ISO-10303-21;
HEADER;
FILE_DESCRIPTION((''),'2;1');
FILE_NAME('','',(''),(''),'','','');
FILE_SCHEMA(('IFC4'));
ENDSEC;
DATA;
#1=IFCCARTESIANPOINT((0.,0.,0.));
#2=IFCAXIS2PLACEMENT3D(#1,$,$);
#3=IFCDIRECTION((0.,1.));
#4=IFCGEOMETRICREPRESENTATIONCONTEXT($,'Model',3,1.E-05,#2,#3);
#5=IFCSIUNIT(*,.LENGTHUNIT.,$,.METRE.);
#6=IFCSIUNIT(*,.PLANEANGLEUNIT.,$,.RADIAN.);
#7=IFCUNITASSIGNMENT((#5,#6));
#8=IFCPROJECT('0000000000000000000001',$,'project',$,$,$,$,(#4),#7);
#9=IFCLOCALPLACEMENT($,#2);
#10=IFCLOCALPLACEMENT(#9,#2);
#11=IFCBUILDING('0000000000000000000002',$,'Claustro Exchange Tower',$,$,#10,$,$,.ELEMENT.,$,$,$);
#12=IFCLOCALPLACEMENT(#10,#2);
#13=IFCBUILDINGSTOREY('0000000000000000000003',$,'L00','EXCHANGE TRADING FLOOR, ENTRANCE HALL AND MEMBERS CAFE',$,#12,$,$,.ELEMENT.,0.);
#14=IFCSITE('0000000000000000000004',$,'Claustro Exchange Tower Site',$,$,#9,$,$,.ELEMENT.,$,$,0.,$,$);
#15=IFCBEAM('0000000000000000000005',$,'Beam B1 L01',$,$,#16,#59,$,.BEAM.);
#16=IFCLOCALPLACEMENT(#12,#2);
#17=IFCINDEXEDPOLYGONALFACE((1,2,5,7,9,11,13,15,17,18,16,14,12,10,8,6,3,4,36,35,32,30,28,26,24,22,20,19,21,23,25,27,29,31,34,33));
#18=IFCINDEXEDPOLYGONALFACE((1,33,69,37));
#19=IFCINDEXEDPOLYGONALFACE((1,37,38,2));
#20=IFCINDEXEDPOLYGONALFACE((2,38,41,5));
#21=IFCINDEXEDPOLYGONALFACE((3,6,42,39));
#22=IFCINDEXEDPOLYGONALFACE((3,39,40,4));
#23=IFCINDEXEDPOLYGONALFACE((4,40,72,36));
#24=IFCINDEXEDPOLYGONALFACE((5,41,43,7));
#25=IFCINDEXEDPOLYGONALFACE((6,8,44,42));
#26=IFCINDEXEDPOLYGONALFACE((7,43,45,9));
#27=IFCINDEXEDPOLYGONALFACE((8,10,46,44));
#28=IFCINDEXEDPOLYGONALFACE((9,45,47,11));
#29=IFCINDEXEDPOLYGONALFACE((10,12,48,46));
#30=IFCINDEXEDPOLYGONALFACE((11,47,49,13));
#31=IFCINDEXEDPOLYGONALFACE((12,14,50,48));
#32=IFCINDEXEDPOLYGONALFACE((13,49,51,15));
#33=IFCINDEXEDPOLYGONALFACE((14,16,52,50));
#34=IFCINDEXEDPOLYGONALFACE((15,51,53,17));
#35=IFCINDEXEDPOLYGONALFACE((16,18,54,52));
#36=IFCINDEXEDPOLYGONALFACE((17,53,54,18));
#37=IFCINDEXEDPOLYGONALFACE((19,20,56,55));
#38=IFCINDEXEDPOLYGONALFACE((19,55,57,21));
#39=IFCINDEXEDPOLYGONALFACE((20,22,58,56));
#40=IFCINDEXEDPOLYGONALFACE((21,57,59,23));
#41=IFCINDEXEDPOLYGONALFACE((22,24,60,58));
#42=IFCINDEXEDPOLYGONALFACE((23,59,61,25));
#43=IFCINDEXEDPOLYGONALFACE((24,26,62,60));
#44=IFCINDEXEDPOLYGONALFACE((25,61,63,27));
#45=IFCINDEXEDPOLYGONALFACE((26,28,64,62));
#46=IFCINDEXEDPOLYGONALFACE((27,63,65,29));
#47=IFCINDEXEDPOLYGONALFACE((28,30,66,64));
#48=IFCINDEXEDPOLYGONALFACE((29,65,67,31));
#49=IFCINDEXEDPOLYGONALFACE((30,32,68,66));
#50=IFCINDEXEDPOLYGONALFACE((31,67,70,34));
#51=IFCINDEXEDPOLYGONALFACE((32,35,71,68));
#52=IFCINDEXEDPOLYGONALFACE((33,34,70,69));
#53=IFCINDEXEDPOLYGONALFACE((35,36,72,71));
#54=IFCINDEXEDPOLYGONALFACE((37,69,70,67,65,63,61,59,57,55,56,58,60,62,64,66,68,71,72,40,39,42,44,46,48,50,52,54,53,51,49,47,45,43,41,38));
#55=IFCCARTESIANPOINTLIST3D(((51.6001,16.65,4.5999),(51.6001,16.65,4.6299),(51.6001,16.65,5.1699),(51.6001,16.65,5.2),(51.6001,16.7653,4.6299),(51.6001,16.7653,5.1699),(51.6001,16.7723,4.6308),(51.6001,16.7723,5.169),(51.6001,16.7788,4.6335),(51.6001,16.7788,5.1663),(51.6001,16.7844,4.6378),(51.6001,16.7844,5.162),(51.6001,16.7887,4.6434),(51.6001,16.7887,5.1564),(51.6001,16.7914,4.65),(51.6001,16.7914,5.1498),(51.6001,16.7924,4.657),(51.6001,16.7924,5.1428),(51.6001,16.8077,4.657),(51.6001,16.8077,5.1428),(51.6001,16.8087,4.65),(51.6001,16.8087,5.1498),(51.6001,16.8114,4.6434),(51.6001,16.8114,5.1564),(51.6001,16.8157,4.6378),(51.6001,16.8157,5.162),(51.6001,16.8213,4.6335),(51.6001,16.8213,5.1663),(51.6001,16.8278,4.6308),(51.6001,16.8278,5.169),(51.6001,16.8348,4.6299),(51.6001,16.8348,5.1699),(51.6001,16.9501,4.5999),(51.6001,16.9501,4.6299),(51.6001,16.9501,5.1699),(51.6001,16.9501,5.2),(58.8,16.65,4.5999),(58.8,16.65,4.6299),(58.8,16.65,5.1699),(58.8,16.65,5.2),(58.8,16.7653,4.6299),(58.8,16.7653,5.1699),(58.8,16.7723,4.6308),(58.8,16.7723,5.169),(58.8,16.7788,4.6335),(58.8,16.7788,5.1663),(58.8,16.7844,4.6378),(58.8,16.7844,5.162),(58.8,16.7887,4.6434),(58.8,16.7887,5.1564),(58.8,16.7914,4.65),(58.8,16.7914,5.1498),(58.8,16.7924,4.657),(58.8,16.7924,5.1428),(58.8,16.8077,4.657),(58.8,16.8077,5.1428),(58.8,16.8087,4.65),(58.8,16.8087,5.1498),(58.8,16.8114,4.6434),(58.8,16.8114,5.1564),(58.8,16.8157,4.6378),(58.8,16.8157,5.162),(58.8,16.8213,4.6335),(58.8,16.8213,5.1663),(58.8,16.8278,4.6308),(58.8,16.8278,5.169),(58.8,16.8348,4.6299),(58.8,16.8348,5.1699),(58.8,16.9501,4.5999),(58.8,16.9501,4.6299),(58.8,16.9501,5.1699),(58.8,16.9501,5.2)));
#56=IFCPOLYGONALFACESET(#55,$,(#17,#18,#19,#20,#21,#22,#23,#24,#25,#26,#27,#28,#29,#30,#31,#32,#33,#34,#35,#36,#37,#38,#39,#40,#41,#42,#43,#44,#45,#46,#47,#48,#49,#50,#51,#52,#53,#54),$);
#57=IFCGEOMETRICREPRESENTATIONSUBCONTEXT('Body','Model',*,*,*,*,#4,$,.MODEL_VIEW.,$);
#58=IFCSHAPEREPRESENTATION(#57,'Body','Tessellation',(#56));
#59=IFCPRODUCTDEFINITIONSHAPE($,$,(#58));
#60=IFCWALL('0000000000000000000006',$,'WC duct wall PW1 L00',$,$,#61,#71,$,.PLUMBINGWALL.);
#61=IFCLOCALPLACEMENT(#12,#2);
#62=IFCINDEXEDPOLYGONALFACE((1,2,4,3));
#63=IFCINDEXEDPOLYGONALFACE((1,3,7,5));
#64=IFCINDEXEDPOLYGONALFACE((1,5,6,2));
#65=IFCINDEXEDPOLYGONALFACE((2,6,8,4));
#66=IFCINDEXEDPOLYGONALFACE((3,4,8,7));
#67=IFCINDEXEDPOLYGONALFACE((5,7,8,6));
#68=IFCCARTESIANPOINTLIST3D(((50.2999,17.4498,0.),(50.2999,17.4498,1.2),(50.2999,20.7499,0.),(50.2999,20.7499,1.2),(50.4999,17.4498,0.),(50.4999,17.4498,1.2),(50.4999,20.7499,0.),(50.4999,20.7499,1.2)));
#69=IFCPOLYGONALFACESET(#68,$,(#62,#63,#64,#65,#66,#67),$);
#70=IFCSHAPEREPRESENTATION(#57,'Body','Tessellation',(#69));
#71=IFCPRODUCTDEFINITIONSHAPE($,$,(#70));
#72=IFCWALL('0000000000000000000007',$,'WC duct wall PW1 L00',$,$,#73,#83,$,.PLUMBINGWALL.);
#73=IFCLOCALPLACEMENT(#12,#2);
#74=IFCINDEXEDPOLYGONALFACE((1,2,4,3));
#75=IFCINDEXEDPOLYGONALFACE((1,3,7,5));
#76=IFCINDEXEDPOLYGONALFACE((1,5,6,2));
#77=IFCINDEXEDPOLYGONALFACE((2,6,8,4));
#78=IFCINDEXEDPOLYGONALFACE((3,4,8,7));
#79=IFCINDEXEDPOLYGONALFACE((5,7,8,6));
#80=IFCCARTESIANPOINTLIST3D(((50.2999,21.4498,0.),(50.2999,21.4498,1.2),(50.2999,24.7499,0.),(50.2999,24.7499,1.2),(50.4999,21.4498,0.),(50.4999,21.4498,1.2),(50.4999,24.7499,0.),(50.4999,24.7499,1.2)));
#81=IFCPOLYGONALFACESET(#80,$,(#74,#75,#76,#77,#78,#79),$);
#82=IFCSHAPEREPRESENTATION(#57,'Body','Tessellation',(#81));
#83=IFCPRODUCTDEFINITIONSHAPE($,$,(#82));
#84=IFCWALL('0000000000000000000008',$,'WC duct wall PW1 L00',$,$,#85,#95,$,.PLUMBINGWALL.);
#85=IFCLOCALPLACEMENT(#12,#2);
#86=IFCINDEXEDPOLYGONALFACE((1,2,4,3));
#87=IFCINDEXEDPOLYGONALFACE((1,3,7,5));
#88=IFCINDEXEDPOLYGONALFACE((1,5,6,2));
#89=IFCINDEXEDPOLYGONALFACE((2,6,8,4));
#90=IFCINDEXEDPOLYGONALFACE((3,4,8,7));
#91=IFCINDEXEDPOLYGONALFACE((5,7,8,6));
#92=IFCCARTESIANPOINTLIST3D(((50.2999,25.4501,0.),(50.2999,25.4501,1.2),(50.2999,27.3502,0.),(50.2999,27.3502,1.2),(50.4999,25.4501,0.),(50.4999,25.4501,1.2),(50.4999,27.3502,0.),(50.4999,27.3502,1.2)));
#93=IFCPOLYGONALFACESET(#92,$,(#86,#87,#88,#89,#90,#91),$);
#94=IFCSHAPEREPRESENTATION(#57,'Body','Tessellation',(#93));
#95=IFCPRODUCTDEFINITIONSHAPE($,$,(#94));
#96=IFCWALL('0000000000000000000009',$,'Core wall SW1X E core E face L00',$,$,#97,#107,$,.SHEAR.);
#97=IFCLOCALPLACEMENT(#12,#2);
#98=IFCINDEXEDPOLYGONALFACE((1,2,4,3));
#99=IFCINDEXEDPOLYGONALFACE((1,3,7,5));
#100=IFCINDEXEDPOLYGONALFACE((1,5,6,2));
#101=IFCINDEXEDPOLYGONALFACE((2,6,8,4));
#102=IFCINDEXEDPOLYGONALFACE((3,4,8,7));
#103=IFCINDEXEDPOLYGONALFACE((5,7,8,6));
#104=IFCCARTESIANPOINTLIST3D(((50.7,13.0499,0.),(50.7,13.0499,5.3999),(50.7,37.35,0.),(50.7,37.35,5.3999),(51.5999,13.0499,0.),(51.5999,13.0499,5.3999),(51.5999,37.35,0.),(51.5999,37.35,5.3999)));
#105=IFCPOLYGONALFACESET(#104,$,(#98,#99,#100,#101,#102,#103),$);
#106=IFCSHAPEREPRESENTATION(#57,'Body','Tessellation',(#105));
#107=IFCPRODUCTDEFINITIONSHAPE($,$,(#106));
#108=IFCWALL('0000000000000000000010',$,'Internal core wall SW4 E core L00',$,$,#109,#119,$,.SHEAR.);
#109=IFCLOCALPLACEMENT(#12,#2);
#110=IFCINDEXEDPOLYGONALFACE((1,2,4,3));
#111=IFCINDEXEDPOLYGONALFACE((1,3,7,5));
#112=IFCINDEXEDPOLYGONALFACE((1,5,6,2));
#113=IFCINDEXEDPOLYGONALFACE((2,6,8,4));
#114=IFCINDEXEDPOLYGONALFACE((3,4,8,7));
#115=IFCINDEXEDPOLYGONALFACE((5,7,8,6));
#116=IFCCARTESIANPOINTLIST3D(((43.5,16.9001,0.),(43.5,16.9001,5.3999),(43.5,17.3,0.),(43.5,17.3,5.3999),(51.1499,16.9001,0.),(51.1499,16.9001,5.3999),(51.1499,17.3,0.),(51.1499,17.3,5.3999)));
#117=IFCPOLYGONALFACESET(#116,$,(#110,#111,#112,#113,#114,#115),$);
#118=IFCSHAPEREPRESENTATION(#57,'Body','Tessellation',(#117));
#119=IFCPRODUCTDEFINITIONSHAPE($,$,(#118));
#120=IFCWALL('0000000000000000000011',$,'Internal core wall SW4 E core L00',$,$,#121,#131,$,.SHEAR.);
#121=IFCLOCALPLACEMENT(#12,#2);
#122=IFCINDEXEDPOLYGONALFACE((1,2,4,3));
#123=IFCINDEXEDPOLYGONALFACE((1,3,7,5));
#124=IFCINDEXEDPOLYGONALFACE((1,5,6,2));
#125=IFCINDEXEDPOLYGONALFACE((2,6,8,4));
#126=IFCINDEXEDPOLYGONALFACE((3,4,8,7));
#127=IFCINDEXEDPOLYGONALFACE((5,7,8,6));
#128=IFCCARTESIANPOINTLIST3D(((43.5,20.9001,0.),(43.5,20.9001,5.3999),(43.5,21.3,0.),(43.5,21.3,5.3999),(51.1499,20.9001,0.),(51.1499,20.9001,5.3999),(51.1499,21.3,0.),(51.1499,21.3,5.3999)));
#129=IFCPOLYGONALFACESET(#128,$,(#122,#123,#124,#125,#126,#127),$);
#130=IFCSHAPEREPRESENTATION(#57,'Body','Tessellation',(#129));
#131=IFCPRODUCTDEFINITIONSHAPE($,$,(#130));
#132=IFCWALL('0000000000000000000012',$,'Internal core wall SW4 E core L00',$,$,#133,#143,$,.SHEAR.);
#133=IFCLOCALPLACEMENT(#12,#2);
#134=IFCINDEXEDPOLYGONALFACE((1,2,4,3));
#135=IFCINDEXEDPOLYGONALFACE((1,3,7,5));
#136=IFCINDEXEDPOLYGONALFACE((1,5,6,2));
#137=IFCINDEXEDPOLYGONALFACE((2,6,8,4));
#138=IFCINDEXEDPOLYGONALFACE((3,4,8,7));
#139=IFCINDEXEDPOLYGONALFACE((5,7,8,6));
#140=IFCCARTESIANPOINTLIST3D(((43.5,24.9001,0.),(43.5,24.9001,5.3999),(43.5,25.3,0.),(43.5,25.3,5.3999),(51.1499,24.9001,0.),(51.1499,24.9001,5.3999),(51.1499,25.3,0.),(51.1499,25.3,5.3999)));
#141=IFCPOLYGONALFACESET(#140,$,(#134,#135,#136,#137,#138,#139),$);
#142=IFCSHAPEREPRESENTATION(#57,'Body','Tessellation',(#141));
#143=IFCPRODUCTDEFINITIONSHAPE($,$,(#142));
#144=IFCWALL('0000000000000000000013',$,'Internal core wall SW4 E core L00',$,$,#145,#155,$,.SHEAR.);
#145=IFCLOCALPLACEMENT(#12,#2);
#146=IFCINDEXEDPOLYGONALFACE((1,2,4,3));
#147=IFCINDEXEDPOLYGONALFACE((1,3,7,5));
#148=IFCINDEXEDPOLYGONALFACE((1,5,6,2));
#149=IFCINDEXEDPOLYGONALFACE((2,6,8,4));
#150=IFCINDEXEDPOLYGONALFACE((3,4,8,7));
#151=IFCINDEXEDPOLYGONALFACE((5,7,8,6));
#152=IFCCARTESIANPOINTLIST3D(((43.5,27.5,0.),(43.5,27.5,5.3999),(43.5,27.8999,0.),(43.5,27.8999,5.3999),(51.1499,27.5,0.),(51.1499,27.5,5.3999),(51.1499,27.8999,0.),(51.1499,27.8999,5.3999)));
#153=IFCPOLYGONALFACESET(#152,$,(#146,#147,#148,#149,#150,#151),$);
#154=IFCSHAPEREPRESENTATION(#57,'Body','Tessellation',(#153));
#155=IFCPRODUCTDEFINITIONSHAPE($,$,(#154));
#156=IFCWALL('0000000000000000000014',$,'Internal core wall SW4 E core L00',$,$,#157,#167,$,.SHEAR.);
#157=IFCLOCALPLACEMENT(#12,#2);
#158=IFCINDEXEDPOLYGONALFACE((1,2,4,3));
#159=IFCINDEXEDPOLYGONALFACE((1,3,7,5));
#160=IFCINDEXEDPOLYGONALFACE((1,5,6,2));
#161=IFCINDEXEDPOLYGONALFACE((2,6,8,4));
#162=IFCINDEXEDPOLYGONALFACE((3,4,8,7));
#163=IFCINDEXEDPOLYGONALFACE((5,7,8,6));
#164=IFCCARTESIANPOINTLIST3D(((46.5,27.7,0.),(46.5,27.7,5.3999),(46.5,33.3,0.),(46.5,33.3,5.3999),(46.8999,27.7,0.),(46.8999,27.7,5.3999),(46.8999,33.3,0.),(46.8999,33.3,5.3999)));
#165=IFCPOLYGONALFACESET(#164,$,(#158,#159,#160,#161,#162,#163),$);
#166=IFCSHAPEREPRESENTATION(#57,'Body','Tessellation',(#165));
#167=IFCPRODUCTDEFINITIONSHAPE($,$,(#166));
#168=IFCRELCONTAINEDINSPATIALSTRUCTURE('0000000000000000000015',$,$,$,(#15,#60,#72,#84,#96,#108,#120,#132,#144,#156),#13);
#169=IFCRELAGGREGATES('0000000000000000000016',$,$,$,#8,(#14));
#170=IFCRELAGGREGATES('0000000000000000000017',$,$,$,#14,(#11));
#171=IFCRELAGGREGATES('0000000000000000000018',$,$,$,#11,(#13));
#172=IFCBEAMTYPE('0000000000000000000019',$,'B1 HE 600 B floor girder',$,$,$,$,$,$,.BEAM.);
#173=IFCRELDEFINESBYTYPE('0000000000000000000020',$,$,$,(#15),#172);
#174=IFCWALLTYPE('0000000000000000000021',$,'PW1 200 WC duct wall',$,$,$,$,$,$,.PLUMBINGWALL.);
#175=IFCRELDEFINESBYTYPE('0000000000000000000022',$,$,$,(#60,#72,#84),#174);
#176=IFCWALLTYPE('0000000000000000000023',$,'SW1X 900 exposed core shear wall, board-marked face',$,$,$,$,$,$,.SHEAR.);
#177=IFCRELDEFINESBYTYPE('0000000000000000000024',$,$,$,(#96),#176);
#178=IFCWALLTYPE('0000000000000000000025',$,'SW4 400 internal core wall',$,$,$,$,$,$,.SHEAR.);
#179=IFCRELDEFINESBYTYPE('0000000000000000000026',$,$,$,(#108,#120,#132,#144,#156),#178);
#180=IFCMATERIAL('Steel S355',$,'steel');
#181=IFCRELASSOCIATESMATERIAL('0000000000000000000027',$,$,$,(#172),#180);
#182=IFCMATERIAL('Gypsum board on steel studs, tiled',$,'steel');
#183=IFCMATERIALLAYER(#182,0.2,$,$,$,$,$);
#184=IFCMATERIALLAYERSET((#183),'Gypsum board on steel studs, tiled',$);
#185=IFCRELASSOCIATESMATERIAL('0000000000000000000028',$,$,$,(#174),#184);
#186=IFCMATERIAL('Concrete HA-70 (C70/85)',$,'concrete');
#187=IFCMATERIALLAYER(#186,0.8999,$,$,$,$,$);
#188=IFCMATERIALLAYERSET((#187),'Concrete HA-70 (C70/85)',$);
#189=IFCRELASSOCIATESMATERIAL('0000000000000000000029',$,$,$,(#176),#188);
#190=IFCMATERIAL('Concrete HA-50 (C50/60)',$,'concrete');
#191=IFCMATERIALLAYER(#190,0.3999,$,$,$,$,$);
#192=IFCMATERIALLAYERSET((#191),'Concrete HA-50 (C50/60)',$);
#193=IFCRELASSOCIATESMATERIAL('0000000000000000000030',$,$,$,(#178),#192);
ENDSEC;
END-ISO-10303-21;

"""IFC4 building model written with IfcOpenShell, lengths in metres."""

from ifc_helpers import new_model, si_unit, direction, frame, frame_2d, origin, origin_2d, place, context, subcontext, project, spatial, rectangle, i_section, extrude, material, layer, layer_set, material_profile, profile_set, type_object, element, save


model = new_model("IFC4")

# Units and contexts
model_context = context("Model", 3, precision=1e-05, world=origin(), true_north=direction((0.0, 1.0)))
body_context = subcontext(model_context, "Body", "Model", "MODEL_VIEW")
ifc_project = project(units=[si_unit("LENGTHUNIT", "METRE"), si_unit("PLANEANGLEUNIT", "RADIAN")], contexts=[model_context])

# Site, building, storey
site_placement = place(None, origin())
site = spatial("IfcSite", under=ifc_project, at=site_placement, Name="Claustro Exchange Tower Site", CompositionType="ELEMENT", RefElevation=0.0)
building_placement = place(site_placement, origin())
building = spatial("IfcBuilding", under=site, at=building_placement, Name="Claustro Exchange Tower", CompositionType="ELEMENT")
storey_placement = place(building_placement, origin())
storey = spatial("IfcBuildingStorey", under=building, at=storey_placement, Name="L00", Description="EXCHANGE TRADING FLOOR, ENTRANCE HALL AND MEMBERS CAFE", CompositionType="ELEMENT", Elevation=0.0)

# Beam
ifc_material_1 = material(Name="Steel S355", Category="steel")
ifc_material_profile = material_profile(ifc_material_1, i_section(OverallWidth=0.3, OverallDepth=0.6001, WebThickness=0.0154, FlangeThickness=0.03, FilletRadius=0.0271, at=origin_2d()), Name="HE 600 B")
ifc_profile_set = profile_set([ifc_material_profile], Name="Steel S355")
beam_type = type_object("IfcBeamType", Name="B1 HE 600 B floor girder", PredefinedType="BEAM", material=ifc_profile_set)
beam_placement = place(storey_placement, frame((51.6001, 16.8, 4.8999), z_axis=(1.0, 0.0, 0.0), x_axis=(0.0, 1.0, 0.0)))
element("IfcBeam", 1, at=beam_placement, inside=storey, type_object=beam_type, Name="Beam B1 L01", PredefinedType="BEAM", context=body_context, shape_type="SweptSolid", body=[
    extrude(i_section(OverallWidth=0.3, OverallDepth=0.6001, WebThickness=0.0154, FlangeThickness=0.03, FilletRadius=0.0271, at=origin_2d()), origin(), (0.0, 0.0, 1.0), 7.2),
])

# Walls
ifc_material_2 = material(Name="Gypsum board on steel studs, tiled", Category="steel")
ifc_layer_1 = layer(ifc_material_2, 0.2)
ifc_layer_set_1 = layer_set([ifc_layer_1], Name="Gypsum board on steel studs, tiled")
wall_type_1 = type_object("IfcWallType", Name="PW1 200 WC duct wall", PredefinedType="PLUMBINGWALL", material=ifc_layer_set_1)
for number, where, z_axis, x_axis, name in (
    (2, (50.3999, 17.45, 0.0), (0.0, 0.0, 1.0), (0.0, 1.0, 0.0), "WC duct wall PW1 L00"),
    (3, (50.3999, 21.45, 0.0), (0.0, 0.0, 1.0), (0.0, 1.0, 0.0), "WC duct wall PW1 L00"),
):
    element("IfcWall", number, at=place(storey_placement, frame(where, z_axis=z_axis, x_axis=x_axis)), inside=storey, type_object=wall_type_1, Name=name, PredefinedType="PLUMBINGWALL", context=body_context, shape_type="SweptSolid", body=[
        extrude(rectangle(XDim=3.3, YDim=0.2, at=frame_2d((1.6499, 0.0))), origin(), (0.0, 0.0, 1.0), 1.2),
    ])
wall_1_placement = place(storey_placement, frame((50.3999, 25.45, 0.0), z_axis=(0.0, 0.0, 1.0), x_axis=(0.0, 1.0, 0.0)))
element("IfcWall", 4, at=wall_1_placement, inside=storey, type_object=wall_type_1, Name="WC duct wall PW1 L00", PredefinedType="PLUMBINGWALL", context=body_context, shape_type="SweptSolid", body=[
    extrude(rectangle(XDim=1.9001, YDim=0.2, at=frame_2d((0.9502, 0.0))), origin(), (0.0, 0.0, 1.0), 1.2),
])
ifc_material_3 = material(Name="Concrete HA-70 (C70/85)", Category="concrete")
ifc_layer_2 = layer(ifc_material_3, 0.8999)
ifc_layer_set_2 = layer_set([ifc_layer_2], Name="Concrete HA-70 (C70/85)")
wall_type_2 = type_object("IfcWallType", Name="SW1X 900 exposed core shear wall, board-marked face", PredefinedType="SHEAR", material=ifc_layer_set_2)
wall_2_placement = place(storey_placement, frame((51.1499, 13.05, 0.0), z_axis=(0.0, 0.0, 1.0), x_axis=(0.0, 1.0, 0.0)))
element("IfcWall", 5, at=wall_2_placement, inside=storey, type_object=wall_type_2, Name="Core wall SW1X E core E face L00", PredefinedType="SHEAR", context=body_context, shape_type="SweptSolid", body=[
    extrude(rectangle(XDim=24.3, YDim=0.8999, at=frame_2d((12.1499, 0.0))), origin(), (0.0, 0.0, 1.0), 5.3999),
])
ifc_material_4 = material(Name="Concrete HA-50 (C50/60)", Category="concrete")
ifc_layer_3 = layer(ifc_material_4, 0.3999)
ifc_layer_set_3 = layer_set([ifc_layer_3], Name="Concrete HA-50 (C50/60)")
wall_type_3 = type_object("IfcWallType", Name="SW4 400 internal core wall", PredefinedType="SHEAR", material=ifc_layer_set_3)
for number, where, z_axis, x_axis, name in (
    (6, (51.1499, 17.1001, 0.0), (0.0, 0.0, 1.0), (-1.0, 0.0, 0.0), "Internal core wall SW4 E core L00"),
    (7, (51.1499, 21.1001, 0.0), (0.0, 0.0, 1.0), (-1.0, 0.0, 0.0), "Internal core wall SW4 E core L00"),
    (8, (51.1499, 25.1001, 0.0), (0.0, 0.0, 1.0), (-1.0, 0.0, 0.0), "Internal core wall SW4 E core L00"),
    (9, (51.1499, 27.7, 0.0), (0.0, 0.0, 1.0), (-1.0, 0.0, 0.0), "Internal core wall SW4 E core L00"),
):
    element("IfcWall", number, at=place(storey_placement, frame(where, z_axis=z_axis, x_axis=x_axis)), inside=storey, type_object=wall_type_3, Name=name, PredefinedType="SHEAR", context=body_context, shape_type="SweptSolid", body=[
        extrude(rectangle(XDim=7.6499, YDim=0.3999, at=frame_2d((3.825, 0.0))), origin(), (0.0, 0.0, 1.0), 5.3999),
    ])
wall_3_placement = place(storey_placement, frame((46.7, 27.7, 0.0), z_axis=(0.0, 0.0, 1.0), x_axis=(0.0, 1.0, 0.0)))
element("IfcWall", 10, at=wall_3_placement, inside=storey, type_object=wall_type_3, Name="Internal core wall SW4 E core L00", PredefinedType="SHEAR", context=body_context, shape_type="SweptSolid", body=[
    extrude(rectangle(XDim=5.6001, YDim=0.3999, at=frame_2d((2.8, 0.0))), origin(), (0.0, 0.0, 1.0), 5.3999),
])

save(model, "model.ifc")
